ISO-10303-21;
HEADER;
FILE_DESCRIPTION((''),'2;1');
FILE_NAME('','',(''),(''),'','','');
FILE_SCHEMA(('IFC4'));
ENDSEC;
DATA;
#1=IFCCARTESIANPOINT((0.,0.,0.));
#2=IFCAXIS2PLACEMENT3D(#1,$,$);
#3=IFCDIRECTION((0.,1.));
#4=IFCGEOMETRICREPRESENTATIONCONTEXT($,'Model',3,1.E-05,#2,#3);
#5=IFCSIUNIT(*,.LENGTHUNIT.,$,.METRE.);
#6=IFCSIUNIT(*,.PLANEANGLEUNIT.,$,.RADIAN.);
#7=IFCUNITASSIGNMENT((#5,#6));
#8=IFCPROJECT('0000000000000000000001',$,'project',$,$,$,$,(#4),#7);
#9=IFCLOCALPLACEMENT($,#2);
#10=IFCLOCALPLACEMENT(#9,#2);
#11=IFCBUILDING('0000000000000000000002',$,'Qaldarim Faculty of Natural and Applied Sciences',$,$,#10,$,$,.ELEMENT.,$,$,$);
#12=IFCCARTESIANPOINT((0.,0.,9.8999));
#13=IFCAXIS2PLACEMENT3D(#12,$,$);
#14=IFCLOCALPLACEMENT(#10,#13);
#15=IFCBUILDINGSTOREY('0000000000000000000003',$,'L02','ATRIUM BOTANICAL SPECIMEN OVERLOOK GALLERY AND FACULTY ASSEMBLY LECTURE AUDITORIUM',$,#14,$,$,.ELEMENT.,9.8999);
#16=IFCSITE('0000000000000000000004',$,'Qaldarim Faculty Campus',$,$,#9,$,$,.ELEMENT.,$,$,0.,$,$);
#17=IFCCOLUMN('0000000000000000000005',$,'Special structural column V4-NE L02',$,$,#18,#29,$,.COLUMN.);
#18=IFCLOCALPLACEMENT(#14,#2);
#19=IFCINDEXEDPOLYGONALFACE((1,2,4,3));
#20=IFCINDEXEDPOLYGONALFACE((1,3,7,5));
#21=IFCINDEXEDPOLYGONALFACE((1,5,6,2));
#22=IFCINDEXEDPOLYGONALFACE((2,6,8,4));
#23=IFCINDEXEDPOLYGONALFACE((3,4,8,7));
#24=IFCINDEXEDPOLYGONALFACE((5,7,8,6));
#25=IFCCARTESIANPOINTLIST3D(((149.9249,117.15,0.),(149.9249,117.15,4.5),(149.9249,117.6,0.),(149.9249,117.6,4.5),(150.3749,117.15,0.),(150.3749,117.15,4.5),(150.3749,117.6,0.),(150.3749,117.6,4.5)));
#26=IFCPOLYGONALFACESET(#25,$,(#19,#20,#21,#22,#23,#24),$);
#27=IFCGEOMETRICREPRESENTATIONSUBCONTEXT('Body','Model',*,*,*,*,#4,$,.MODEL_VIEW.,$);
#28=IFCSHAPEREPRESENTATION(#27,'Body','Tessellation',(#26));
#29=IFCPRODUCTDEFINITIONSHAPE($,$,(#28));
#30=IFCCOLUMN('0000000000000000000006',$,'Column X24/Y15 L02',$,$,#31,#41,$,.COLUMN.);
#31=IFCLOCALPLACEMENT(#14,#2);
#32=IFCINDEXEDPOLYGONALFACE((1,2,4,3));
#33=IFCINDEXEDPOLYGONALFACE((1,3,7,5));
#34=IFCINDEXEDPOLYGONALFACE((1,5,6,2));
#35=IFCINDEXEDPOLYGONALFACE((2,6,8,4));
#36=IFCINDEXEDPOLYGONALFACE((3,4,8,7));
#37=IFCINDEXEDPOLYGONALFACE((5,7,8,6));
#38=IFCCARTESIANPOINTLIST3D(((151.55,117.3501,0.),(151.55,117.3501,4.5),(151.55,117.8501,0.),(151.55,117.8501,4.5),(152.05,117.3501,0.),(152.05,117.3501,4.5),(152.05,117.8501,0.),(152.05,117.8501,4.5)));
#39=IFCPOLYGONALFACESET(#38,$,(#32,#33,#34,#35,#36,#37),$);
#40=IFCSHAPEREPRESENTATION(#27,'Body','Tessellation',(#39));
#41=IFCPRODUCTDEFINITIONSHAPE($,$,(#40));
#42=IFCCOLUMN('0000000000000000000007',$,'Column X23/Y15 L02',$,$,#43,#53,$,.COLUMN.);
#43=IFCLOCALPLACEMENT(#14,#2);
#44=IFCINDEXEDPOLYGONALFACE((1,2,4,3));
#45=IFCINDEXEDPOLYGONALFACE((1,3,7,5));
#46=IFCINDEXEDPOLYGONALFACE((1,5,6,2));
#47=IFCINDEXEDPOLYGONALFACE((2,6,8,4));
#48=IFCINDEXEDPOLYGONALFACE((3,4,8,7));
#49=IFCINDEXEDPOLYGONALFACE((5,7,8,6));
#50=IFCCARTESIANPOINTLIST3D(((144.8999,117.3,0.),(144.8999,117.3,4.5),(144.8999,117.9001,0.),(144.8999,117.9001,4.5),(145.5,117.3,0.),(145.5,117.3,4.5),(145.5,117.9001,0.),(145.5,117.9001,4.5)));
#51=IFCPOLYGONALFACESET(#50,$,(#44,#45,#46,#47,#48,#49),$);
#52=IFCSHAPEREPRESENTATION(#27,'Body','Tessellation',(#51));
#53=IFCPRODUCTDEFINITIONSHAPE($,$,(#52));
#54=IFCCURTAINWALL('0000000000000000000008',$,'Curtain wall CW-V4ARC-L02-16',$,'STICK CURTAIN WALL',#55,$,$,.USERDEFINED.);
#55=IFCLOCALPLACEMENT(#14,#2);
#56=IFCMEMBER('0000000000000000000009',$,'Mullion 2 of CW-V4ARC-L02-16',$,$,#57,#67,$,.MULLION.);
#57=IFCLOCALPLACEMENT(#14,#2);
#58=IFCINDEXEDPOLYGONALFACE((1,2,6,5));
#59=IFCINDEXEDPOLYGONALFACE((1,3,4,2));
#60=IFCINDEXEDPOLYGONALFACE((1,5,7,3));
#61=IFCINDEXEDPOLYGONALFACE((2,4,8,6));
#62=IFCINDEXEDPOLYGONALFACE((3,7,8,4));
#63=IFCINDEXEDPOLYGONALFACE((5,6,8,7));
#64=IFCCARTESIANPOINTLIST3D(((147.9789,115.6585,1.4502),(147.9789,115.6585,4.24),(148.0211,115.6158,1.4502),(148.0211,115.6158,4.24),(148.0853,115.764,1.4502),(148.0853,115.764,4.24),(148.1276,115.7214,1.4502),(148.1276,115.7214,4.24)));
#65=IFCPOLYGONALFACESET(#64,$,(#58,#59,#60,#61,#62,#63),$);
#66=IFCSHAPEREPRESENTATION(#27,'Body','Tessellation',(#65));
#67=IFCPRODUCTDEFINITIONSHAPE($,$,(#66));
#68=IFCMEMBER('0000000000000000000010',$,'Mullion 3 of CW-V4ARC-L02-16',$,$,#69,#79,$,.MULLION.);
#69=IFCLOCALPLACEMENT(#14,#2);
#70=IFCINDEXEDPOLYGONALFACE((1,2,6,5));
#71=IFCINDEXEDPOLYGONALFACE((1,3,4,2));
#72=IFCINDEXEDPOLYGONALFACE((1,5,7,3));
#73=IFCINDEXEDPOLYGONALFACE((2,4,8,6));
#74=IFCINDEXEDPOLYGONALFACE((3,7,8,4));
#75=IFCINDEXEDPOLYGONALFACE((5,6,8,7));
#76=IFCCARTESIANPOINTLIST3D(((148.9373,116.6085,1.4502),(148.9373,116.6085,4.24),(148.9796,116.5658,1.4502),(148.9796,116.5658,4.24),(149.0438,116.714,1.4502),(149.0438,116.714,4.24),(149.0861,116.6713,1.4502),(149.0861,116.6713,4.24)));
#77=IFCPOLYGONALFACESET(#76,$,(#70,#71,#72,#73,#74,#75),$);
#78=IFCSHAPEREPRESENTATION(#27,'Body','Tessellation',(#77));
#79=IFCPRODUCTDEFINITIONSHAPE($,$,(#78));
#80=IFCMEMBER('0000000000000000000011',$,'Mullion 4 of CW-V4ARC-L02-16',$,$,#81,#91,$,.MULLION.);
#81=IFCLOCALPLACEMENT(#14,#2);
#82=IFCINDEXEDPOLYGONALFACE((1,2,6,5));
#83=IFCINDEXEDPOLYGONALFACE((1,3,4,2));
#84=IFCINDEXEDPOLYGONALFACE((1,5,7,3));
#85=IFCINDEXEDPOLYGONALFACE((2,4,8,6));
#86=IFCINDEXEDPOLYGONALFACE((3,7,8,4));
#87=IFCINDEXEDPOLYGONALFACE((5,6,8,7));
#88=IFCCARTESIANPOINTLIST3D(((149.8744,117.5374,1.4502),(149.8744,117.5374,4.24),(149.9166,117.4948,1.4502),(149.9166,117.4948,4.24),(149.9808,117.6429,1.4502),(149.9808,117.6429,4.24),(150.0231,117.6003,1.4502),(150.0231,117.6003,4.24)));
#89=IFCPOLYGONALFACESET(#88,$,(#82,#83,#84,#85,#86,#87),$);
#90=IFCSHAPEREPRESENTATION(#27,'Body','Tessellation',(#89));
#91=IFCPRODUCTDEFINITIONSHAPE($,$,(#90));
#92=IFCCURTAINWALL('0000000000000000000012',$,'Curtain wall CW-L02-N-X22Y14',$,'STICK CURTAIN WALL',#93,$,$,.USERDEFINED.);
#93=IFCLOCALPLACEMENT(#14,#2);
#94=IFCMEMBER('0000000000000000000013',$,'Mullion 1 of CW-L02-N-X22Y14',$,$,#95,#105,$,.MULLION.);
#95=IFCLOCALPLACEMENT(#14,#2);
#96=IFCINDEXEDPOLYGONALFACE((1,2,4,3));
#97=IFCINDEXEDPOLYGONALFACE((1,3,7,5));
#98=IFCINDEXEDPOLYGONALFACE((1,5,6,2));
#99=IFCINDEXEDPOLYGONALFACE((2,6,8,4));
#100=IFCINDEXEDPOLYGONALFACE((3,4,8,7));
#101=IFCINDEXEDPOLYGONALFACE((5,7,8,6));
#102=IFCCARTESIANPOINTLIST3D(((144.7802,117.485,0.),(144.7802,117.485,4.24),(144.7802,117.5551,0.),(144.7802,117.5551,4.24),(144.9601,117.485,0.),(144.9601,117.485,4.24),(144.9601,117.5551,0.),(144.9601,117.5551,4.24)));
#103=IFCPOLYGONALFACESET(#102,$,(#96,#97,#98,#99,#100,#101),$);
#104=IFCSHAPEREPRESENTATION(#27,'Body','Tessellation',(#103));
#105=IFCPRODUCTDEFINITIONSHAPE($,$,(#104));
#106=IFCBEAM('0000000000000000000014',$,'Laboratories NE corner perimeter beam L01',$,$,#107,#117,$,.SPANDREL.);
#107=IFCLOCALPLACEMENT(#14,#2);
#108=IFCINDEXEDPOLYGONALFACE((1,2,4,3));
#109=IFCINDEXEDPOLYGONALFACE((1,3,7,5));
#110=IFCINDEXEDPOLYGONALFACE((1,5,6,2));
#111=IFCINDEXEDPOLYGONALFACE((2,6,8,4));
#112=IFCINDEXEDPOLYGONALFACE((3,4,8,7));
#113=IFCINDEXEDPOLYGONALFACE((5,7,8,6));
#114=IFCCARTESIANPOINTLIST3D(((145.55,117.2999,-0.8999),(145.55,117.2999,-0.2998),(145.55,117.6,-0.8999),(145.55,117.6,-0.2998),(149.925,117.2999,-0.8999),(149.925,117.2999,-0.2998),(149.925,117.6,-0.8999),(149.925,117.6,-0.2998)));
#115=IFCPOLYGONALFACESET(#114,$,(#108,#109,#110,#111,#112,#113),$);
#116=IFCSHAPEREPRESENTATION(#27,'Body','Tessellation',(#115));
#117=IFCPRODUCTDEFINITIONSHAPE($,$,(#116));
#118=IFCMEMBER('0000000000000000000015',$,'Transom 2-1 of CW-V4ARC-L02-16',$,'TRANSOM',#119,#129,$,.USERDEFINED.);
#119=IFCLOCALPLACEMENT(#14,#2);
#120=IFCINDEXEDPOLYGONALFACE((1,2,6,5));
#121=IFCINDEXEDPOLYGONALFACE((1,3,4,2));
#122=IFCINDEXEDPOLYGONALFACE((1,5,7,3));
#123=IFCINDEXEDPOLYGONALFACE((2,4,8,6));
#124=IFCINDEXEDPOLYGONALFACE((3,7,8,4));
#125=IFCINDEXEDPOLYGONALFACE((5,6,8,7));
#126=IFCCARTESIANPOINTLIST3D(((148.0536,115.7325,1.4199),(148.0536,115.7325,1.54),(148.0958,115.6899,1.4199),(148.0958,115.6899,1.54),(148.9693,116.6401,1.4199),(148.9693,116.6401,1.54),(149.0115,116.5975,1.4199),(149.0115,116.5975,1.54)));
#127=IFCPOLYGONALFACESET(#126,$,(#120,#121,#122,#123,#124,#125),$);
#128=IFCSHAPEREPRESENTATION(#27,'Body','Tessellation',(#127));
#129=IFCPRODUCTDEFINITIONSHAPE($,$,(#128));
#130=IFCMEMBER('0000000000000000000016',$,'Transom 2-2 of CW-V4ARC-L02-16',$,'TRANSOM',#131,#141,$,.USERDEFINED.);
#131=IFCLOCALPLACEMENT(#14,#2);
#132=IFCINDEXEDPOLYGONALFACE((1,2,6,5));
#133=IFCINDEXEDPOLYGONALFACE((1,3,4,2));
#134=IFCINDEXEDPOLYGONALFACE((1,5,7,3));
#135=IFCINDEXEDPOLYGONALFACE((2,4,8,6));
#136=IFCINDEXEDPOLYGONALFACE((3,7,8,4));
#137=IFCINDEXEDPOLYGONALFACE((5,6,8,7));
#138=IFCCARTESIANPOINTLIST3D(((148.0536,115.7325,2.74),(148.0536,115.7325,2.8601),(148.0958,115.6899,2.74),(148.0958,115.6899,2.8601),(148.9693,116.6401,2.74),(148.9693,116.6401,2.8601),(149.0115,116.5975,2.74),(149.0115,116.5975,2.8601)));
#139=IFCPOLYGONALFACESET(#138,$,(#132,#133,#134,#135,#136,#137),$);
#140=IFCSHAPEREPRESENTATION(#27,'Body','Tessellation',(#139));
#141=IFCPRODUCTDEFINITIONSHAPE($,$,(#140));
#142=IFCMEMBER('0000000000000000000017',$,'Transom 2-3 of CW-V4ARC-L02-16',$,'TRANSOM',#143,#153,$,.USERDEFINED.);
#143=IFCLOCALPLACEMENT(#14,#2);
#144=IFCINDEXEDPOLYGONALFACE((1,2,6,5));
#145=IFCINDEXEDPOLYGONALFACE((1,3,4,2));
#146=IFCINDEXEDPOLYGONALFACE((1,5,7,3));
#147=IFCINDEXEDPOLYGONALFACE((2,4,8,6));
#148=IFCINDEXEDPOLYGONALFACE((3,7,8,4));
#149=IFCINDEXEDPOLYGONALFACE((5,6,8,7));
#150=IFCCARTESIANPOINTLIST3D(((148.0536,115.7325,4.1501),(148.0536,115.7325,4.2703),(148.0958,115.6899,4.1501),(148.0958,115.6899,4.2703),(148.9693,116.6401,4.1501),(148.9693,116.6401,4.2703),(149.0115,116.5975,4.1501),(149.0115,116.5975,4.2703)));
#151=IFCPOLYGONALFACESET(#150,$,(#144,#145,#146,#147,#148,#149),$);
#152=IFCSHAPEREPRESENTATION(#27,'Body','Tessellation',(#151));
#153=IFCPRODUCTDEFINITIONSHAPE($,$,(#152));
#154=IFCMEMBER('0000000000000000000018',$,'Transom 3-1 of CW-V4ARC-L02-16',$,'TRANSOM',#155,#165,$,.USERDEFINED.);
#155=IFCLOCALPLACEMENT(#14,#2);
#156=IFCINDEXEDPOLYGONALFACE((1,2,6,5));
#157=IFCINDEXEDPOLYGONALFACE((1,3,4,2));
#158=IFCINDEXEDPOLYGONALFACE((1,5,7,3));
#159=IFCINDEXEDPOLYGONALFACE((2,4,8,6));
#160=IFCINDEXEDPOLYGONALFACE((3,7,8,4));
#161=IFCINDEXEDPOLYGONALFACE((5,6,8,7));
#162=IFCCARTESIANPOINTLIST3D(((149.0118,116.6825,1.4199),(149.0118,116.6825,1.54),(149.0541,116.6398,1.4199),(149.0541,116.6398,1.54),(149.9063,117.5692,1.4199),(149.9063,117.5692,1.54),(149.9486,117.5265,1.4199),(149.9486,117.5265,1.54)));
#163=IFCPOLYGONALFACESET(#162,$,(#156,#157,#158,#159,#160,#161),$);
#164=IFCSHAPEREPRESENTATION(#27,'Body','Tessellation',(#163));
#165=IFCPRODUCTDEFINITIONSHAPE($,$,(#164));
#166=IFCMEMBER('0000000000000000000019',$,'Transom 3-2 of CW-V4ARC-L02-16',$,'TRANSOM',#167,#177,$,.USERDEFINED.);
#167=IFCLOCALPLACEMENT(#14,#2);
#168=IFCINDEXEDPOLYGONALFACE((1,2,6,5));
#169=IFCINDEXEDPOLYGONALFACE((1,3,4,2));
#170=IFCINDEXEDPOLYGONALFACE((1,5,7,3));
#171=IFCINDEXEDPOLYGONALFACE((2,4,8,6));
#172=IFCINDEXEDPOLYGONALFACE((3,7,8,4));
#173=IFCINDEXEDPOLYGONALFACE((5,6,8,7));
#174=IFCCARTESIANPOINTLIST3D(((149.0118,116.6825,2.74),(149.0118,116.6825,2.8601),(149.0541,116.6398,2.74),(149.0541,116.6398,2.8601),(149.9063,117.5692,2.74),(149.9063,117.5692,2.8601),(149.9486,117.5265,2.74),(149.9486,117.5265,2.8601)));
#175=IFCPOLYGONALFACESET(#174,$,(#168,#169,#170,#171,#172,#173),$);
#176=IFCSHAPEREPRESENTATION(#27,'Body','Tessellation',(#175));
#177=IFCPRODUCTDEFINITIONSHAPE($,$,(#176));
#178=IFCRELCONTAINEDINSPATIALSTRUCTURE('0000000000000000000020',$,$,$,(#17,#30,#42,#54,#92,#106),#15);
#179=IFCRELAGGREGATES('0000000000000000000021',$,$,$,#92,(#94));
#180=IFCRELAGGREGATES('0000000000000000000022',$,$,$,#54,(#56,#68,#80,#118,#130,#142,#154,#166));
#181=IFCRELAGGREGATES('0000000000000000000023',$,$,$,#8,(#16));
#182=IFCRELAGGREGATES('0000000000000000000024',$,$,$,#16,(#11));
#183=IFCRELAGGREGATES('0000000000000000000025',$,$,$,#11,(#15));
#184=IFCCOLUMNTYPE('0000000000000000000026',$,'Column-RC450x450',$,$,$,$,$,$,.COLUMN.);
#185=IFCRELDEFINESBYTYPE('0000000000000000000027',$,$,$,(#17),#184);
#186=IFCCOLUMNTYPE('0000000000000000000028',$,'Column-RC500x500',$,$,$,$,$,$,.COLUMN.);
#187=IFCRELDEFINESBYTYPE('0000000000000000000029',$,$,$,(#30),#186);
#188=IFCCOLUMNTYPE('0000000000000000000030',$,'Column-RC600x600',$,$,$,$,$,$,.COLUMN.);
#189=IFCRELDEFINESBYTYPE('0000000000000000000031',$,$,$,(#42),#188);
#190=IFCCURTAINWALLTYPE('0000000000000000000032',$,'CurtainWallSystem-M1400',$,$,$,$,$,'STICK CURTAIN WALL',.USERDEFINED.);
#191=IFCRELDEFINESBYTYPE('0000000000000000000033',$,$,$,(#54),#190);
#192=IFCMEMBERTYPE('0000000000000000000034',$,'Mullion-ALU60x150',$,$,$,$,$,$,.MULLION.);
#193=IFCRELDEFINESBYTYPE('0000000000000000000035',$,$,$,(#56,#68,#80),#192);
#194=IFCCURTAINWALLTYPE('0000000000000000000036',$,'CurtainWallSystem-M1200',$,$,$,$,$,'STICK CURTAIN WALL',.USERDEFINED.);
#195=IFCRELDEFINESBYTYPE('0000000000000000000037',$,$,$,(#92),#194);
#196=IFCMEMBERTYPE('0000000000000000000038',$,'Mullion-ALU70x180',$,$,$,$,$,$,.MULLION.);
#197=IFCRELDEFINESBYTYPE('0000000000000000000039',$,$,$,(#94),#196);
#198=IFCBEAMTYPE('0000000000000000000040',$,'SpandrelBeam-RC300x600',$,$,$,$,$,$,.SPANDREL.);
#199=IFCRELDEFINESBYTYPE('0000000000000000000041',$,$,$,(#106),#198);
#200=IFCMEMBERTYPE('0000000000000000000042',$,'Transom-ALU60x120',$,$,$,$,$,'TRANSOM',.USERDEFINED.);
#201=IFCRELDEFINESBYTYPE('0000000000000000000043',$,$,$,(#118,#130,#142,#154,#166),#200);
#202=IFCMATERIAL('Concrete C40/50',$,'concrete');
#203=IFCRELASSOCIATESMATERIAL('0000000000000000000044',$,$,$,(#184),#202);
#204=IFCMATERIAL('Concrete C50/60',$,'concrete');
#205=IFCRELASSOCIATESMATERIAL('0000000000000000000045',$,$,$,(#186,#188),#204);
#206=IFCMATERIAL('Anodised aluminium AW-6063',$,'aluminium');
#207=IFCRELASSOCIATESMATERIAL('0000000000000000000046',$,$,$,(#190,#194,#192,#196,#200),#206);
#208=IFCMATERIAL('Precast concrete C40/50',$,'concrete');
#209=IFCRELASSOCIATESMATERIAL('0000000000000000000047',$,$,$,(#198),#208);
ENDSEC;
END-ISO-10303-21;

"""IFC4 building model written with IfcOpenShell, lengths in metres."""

from ifc_helpers import new_model, si_unit, direction, frame, origin, origin_2d, place, context, subcontext, project, spatial, rectangle, extrude, material, material_profile, profile_set, type_object, element, aggregate, save


model = new_model("IFC4")

# Units and contexts
model_context = context("Model", 3, precision=1e-05, world=origin(), true_north=direction((0.0, 1.0)))
body_context = subcontext(model_context, "Body", "Model", "MODEL_VIEW")
ifc_project = project(units=[si_unit("LENGTHUNIT", "METRE"), si_unit("PLANEANGLEUNIT", "RADIAN")], contexts=[model_context])

# Site, building, storey
site_placement = place(None, origin())
site = spatial("IfcSite", under=ifc_project, at=site_placement, Name="Qaldarim Faculty Campus", CompositionType="ELEMENT", RefElevation=0.0)
building_placement = place(site_placement, origin())
building = spatial("IfcBuilding", under=site, at=building_placement, Name="Qaldarim Faculty of Natural and Applied Sciences", CompositionType="ELEMENT")
storey_placement = place(building_placement, frame((0.0, 0.0, 9.8999)))
storey = spatial("IfcBuildingStorey", under=building, at=storey_placement, Name="L02", Description="ATRIUM BOTANICAL SPECIMEN OVERLOOK GALLERY AND FACULTY ASSEMBLY LECTURE AUDITORIUM", CompositionType="ELEMENT", Elevation=9.8999)

# Columns
ifc_material_1 = material(Name="Concrete C40/50", Category="concrete")
ifc_material_profile_1 = material_profile(ifc_material_1, rectangle(XDim=0.45, YDim=0.45, at=origin_2d()), Name="RC-C450x450")
ifc_profile_set_1 = profile_set([ifc_material_profile_1], Name="Concrete C40/50")
column_type_1 = type_object("IfcColumnType", Name="Column-RC450x450", PredefinedType="COLUMN", material=ifc_profile_set_1)
column_1_placement = place(storey_placement, frame((150.1499, 117.375, 0.0), z_axis=(0.0, 0.0, 1.0), x_axis=(1.0, 0.0, 0.0)))
element("IfcColumn", 1, at=column_1_placement, inside=storey, type_object=column_type_1, Name="Special structural column V4-NE L02", PredefinedType="COLUMN", context=body_context, shape_type="SweptSolid", body=[
    extrude(rectangle(XDim=0.45, YDim=0.45, at=origin_2d()), origin(), (0.0, 0.0, 1.0), 4.5),
])
ifc_material_2 = material(Name="Concrete C50/60", Category="concrete")
ifc_material_profile_2 = material_profile(ifc_material_2, rectangle(XDim=0.5, YDim=0.5, at=origin_2d()), Name="RC-C500x500")
ifc_profile_set_2 = profile_set([ifc_material_profile_2], Name="Concrete C50/60")
column_type_2 = type_object("IfcColumnType", Name="Column-RC500x500", PredefinedType="COLUMN", material=ifc_profile_set_2)
column_2_placement = place(storey_placement, frame((151.8, 117.6001, 0.0), z_axis=(0.0, 0.0, 1.0), x_axis=(1.0, 0.0, 0.0)))
element("IfcColumn", 2, at=column_2_placement, inside=storey, type_object=column_type_2, Name="Column X24/Y15 L02", PredefinedType="COLUMN", context=body_context, shape_type="SweptSolid", body=[
    extrude(rectangle(XDim=0.5, YDim=0.5, at=origin_2d()), origin(), (0.0, 0.0, 1.0), 4.5),
])
ifc_material_profile_3 = material_profile(ifc_material_2, rectangle(XDim=0.6001, YDim=0.6001, at=origin_2d()), Name="RC-C600x600")
ifc_profile_set_3 = profile_set([ifc_material_profile_3], Name="Concrete C50/60")
column_type_3 = type_object("IfcColumnType", Name="Column-RC600x600", PredefinedType="COLUMN", material=ifc_profile_set_3)
column_3_placement = place(storey_placement, frame((145.2, 117.6001, 0.0), z_axis=(0.0, 0.0, 1.0), x_axis=(1.0, 0.0, 0.0)))
element("IfcColumn", 3, at=column_3_placement, inside=storey, type_object=column_type_3, Name="Column X23/Y15 L02", PredefinedType="COLUMN", context=body_context, shape_type="SweptSolid", body=[
    extrude(rectangle(XDim=0.6001, YDim=0.6001, at=origin_2d()), origin(), (0.0, 0.0, 1.0), 4.5),
])

# Curtain wall, members
ifc_material_3 = material(Name="Anodised aluminium AW-6063", Category="aluminium")
curtain_wall_type_1 = type_object("IfcCurtainWallType", Name="CurtainWallSystem-M1400", ElementType="STICK CURTAIN WALL", PredefinedType="USERDEFINED", material=ifc_material_3)
curtain_wall_1_placement = place(storey_placement, origin())
curtain_wall_1 = element("IfcCurtainWall", 4, at=curtain_wall_1_placement, inside=storey, type_object=curtain_wall_type_1, Name="Curtain wall CW-V4ARC-L02-16", ObjectType="STICK CURTAIN WALL", PredefinedType="USERDEFINED")
ifc_material_profile_4 = material_profile(ifc_material_3, rectangle(XDim=0.0601, YDim=0.1499, at=origin_2d()), Name="ALU-M60x150")
ifc_profile_set_4 = profile_set([ifc_material_profile_4], Name="Anodised aluminium AW-6063")
member_type_1 = type_object("IfcMemberType", Name="Mullion-ALU60x150", PredefinedType="MULLION", material=ifc_profile_set_4)
member_1_placement = place(storey_placement, frame((148.0532, 115.6899, 1.4502), z_axis=(0.0, 0.0, 1.0), x_axis=(-0.704015, 0.710185, 0.0)))
member_1 = element("IfcMember", 5, at=member_1_placement, type_object=member_type_1, Name="Mullion 2 of CW-V4ARC-L02-16", PredefinedType="MULLION", context=body_context, shape_type="SweptSolid", body=[
    extrude(rectangle(XDim=0.0601, YDim=0.1499, at=origin_2d()), origin(), (0.0, 0.0, 1.0), 2.7898),
])
member_2_placement = place(storey_placement, frame((149.0117, 116.6399, 1.4502), z_axis=(0.0, 0.0, 1.0), x_axis=(-0.704015, 0.710185, 0.0)))
member_2 = element("IfcMember", 6, at=member_2_placement, type_object=member_type_1, Name="Mullion 3 of CW-V4ARC-L02-16", PredefinedType="MULLION", context=body_context, shape_type="SweptSolid", body=[
    extrude(rectangle(XDim=0.0601, YDim=0.1499, at=origin_2d()), origin(), (0.0, 0.0, 1.0), 2.7898),
])
member_3_placement = place(storey_placement, frame((149.9487, 117.5688, 1.4502), z_axis=(0.0, 0.0, 1.0), x_axis=(-0.704015, 0.710185, 0.0)))
member_3 = element("IfcMember", 7, at=member_3_placement, type_object=member_type_1, Name="Mullion 4 of CW-V4ARC-L02-16", PredefinedType="MULLION", context=body_context, shape_type="SweptSolid", body=[
    extrude(rectangle(XDim=0.0601, YDim=0.1499, at=origin_2d()), origin(), (0.0, 0.0, 1.0), 2.7898),
])

# Curtain wall, member
curtain_wall_type_2 = type_object("IfcCurtainWallType", Name="CurtainWallSystem-M1200", ElementType="STICK CURTAIN WALL", PredefinedType="USERDEFINED", material=ifc_material_3)
curtain_wall_2_placement = place(storey_placement, origin())
curtain_wall_2 = element("IfcCurtainWall", 8, at=curtain_wall_2_placement, inside=storey, type_object=curtain_wall_type_2, Name="Curtain wall CW-L02-N-X22Y14", ObjectType="STICK CURTAIN WALL", PredefinedType="USERDEFINED")
ifc_material_profile_5 = material_profile(ifc_material_3, rectangle(XDim=0.0701, YDim=0.1799, at=origin_2d()), Name="ALU-M70x180")
ifc_profile_set_5 = profile_set([ifc_material_profile_5], Name="Anodised aluminium AW-6063")
member_type_2 = type_object("IfcMemberType", Name="Mullion-ALU70x180", PredefinedType="MULLION", material=ifc_profile_set_5)
member_4_placement = place(storey_placement, frame((144.8701, 117.52, 0.0), z_axis=(0.0, 0.0, 1.0), x_axis=(0.0, -1.0, 0.0)))
member_4 = element("IfcMember", 9, at=member_4_placement, type_object=member_type_2, Name="Mullion 1 of CW-L02-N-X22Y14", PredefinedType="MULLION", context=body_context, shape_type="SweptSolid", body=[
    extrude(rectangle(XDim=0.0701, YDim=0.1799, at=origin_2d()), origin(), (0.0, 0.0, 1.0), 4.24),
])

# Beam
ifc_material_4 = material(Name="Precast concrete C40/50", Category="concrete")
ifc_material_profile_6 = material_profile(ifc_material_4, rectangle(XDim=0.3, YDim=0.6001, at=origin_2d()), Name="RC-SP300x600")
ifc_profile_set_6 = profile_set([ifc_material_profile_6], Name="Precast concrete C40/50")
beam_type = type_object("IfcBeamType", Name="SpandrelBeam-RC300x600", PredefinedType="SPANDREL", material=ifc_profile_set_6)
beam_placement = place(storey_placement, frame((145.55, 117.45, -0.5999), z_axis=(1.0, 0.0, 0.0), x_axis=(0.0, 1.0, 0.0)))
element("IfcBeam", 10, at=beam_placement, inside=storey, type_object=beam_type, Name="Laboratories NE corner perimeter beam L01", PredefinedType="SPANDREL", context=body_context, shape_type="SweptSolid", body=[
    extrude(rectangle(XDim=0.3, YDim=0.6001, at=origin_2d()), origin(), (0.0, 0.0, 1.0), 4.375),
])

# Members
ifc_material_profile_7 = material_profile(ifc_material_3, rectangle(XDim=0.0601, YDim=0.1201, at=origin_2d()), Name="ALU-T60x120")
ifc_profile_set_7 = profile_set([ifc_material_profile_7], Name="Anodised aluminium AW-6063")
member_type_3 = type_object("IfcMemberType", Name="Transom-ALU60x120", ElementType="TRANSOM", PredefinedType="USERDEFINED", material=ifc_profile_set_7)
member_5_placement = place(storey_placement, frame((148.0747, 115.7112, 1.48), z_axis=(0.710224, 0.703976, 0.0), x_axis=(-0.703976, 0.710224, 0.0)))
member_5 = element("IfcMember", 11, at=member_5_placement, type_object=member_type_3, Name="Transom 2-1 of CW-V4ARC-L02-16", ObjectType="TRANSOM", PredefinedType="USERDEFINED", context=body_context, shape_type="SweptSolid", body=[
    extrude(rectangle(XDim=0.0601, YDim=0.1201, at=origin_2d()), origin(), (0.0, 0.0, 1.0), 1.2893),
])
member_6_placement = place(storey_placement, frame((148.0747, 115.7112, 2.8), z_axis=(0.710224, 0.703976, 0.0), x_axis=(-0.703976, 0.710224, 0.0)))
member_6 = element("IfcMember", 12, at=member_6_placement, type_object=member_type_3, Name="Transom 2-2 of CW-V4ARC-L02-16", ObjectType="TRANSOM", PredefinedType="USERDEFINED", context=body_context, shape_type="SweptSolid", body=[
    extrude(rectangle(XDim=0.0601, YDim=0.1201, at=origin_2d()), origin(), (0.0, 0.0, 1.0), 1.2893),
])
member_7_placement = place(storey_placement, frame((148.0747, 115.7112, 4.2102), z_axis=(0.710224, 0.703976, 0.0), x_axis=(-0.703976, 0.710224, 0.0)))
member_7 = element("IfcMember", 13, at=member_7_placement, type_object=member_type_3, Name="Transom 2-3 of CW-V4ARC-L02-16", ObjectType="TRANSOM", PredefinedType="USERDEFINED", context=body_context, shape_type="SweptSolid", body=[
    extrude(rectangle(XDim=0.0601, YDim=0.1201, at=origin_2d()), origin(), (0.0, 0.0, 1.0), 1.2893),
])
member_8_placement = place(storey_placement, frame((149.033, 116.6611, 1.48), z_axis=(0.710201, 0.703999, 0.0), x_axis=(-0.703999, 0.710201, 0.0)))
member_8 = element("IfcMember", 14, at=member_8_placement, type_object=member_type_3, Name="Transom 3-1 of CW-V4ARC-L02-16", ObjectType="TRANSOM", PredefinedType="USERDEFINED", context=body_context, shape_type="SweptSolid", body=[
    extrude(rectangle(XDim=0.0601, YDim=0.1201, at=origin_2d()), origin(), (0.0, 0.0, 1.0), 1.2595),
])
member_9_placement = place(storey_placement, frame((149.033, 116.6611, 2.8), z_axis=(0.710201, 0.703999, 0.0), x_axis=(-0.703999, 0.710201, 0.0)))
member_9 = element("IfcMember", 15, at=member_9_placement, type_object=member_type_3, Name="Transom 3-2 of CW-V4ARC-L02-16", ObjectType="TRANSOM", PredefinedType="USERDEFINED", context=body_context, shape_type="SweptSolid", body=[
    extrude(rectangle(XDim=0.0601, YDim=0.1201, at=origin_2d()), origin(), (0.0, 0.0, 1.0), 1.2595),
])
aggregate(curtain_wall_2, [member_4])

aggregate(curtain_wall_1, [member_1, member_2, member_3, member_5, member_6, member_7, member_8, member_9])

save(model, "model.ifc")
